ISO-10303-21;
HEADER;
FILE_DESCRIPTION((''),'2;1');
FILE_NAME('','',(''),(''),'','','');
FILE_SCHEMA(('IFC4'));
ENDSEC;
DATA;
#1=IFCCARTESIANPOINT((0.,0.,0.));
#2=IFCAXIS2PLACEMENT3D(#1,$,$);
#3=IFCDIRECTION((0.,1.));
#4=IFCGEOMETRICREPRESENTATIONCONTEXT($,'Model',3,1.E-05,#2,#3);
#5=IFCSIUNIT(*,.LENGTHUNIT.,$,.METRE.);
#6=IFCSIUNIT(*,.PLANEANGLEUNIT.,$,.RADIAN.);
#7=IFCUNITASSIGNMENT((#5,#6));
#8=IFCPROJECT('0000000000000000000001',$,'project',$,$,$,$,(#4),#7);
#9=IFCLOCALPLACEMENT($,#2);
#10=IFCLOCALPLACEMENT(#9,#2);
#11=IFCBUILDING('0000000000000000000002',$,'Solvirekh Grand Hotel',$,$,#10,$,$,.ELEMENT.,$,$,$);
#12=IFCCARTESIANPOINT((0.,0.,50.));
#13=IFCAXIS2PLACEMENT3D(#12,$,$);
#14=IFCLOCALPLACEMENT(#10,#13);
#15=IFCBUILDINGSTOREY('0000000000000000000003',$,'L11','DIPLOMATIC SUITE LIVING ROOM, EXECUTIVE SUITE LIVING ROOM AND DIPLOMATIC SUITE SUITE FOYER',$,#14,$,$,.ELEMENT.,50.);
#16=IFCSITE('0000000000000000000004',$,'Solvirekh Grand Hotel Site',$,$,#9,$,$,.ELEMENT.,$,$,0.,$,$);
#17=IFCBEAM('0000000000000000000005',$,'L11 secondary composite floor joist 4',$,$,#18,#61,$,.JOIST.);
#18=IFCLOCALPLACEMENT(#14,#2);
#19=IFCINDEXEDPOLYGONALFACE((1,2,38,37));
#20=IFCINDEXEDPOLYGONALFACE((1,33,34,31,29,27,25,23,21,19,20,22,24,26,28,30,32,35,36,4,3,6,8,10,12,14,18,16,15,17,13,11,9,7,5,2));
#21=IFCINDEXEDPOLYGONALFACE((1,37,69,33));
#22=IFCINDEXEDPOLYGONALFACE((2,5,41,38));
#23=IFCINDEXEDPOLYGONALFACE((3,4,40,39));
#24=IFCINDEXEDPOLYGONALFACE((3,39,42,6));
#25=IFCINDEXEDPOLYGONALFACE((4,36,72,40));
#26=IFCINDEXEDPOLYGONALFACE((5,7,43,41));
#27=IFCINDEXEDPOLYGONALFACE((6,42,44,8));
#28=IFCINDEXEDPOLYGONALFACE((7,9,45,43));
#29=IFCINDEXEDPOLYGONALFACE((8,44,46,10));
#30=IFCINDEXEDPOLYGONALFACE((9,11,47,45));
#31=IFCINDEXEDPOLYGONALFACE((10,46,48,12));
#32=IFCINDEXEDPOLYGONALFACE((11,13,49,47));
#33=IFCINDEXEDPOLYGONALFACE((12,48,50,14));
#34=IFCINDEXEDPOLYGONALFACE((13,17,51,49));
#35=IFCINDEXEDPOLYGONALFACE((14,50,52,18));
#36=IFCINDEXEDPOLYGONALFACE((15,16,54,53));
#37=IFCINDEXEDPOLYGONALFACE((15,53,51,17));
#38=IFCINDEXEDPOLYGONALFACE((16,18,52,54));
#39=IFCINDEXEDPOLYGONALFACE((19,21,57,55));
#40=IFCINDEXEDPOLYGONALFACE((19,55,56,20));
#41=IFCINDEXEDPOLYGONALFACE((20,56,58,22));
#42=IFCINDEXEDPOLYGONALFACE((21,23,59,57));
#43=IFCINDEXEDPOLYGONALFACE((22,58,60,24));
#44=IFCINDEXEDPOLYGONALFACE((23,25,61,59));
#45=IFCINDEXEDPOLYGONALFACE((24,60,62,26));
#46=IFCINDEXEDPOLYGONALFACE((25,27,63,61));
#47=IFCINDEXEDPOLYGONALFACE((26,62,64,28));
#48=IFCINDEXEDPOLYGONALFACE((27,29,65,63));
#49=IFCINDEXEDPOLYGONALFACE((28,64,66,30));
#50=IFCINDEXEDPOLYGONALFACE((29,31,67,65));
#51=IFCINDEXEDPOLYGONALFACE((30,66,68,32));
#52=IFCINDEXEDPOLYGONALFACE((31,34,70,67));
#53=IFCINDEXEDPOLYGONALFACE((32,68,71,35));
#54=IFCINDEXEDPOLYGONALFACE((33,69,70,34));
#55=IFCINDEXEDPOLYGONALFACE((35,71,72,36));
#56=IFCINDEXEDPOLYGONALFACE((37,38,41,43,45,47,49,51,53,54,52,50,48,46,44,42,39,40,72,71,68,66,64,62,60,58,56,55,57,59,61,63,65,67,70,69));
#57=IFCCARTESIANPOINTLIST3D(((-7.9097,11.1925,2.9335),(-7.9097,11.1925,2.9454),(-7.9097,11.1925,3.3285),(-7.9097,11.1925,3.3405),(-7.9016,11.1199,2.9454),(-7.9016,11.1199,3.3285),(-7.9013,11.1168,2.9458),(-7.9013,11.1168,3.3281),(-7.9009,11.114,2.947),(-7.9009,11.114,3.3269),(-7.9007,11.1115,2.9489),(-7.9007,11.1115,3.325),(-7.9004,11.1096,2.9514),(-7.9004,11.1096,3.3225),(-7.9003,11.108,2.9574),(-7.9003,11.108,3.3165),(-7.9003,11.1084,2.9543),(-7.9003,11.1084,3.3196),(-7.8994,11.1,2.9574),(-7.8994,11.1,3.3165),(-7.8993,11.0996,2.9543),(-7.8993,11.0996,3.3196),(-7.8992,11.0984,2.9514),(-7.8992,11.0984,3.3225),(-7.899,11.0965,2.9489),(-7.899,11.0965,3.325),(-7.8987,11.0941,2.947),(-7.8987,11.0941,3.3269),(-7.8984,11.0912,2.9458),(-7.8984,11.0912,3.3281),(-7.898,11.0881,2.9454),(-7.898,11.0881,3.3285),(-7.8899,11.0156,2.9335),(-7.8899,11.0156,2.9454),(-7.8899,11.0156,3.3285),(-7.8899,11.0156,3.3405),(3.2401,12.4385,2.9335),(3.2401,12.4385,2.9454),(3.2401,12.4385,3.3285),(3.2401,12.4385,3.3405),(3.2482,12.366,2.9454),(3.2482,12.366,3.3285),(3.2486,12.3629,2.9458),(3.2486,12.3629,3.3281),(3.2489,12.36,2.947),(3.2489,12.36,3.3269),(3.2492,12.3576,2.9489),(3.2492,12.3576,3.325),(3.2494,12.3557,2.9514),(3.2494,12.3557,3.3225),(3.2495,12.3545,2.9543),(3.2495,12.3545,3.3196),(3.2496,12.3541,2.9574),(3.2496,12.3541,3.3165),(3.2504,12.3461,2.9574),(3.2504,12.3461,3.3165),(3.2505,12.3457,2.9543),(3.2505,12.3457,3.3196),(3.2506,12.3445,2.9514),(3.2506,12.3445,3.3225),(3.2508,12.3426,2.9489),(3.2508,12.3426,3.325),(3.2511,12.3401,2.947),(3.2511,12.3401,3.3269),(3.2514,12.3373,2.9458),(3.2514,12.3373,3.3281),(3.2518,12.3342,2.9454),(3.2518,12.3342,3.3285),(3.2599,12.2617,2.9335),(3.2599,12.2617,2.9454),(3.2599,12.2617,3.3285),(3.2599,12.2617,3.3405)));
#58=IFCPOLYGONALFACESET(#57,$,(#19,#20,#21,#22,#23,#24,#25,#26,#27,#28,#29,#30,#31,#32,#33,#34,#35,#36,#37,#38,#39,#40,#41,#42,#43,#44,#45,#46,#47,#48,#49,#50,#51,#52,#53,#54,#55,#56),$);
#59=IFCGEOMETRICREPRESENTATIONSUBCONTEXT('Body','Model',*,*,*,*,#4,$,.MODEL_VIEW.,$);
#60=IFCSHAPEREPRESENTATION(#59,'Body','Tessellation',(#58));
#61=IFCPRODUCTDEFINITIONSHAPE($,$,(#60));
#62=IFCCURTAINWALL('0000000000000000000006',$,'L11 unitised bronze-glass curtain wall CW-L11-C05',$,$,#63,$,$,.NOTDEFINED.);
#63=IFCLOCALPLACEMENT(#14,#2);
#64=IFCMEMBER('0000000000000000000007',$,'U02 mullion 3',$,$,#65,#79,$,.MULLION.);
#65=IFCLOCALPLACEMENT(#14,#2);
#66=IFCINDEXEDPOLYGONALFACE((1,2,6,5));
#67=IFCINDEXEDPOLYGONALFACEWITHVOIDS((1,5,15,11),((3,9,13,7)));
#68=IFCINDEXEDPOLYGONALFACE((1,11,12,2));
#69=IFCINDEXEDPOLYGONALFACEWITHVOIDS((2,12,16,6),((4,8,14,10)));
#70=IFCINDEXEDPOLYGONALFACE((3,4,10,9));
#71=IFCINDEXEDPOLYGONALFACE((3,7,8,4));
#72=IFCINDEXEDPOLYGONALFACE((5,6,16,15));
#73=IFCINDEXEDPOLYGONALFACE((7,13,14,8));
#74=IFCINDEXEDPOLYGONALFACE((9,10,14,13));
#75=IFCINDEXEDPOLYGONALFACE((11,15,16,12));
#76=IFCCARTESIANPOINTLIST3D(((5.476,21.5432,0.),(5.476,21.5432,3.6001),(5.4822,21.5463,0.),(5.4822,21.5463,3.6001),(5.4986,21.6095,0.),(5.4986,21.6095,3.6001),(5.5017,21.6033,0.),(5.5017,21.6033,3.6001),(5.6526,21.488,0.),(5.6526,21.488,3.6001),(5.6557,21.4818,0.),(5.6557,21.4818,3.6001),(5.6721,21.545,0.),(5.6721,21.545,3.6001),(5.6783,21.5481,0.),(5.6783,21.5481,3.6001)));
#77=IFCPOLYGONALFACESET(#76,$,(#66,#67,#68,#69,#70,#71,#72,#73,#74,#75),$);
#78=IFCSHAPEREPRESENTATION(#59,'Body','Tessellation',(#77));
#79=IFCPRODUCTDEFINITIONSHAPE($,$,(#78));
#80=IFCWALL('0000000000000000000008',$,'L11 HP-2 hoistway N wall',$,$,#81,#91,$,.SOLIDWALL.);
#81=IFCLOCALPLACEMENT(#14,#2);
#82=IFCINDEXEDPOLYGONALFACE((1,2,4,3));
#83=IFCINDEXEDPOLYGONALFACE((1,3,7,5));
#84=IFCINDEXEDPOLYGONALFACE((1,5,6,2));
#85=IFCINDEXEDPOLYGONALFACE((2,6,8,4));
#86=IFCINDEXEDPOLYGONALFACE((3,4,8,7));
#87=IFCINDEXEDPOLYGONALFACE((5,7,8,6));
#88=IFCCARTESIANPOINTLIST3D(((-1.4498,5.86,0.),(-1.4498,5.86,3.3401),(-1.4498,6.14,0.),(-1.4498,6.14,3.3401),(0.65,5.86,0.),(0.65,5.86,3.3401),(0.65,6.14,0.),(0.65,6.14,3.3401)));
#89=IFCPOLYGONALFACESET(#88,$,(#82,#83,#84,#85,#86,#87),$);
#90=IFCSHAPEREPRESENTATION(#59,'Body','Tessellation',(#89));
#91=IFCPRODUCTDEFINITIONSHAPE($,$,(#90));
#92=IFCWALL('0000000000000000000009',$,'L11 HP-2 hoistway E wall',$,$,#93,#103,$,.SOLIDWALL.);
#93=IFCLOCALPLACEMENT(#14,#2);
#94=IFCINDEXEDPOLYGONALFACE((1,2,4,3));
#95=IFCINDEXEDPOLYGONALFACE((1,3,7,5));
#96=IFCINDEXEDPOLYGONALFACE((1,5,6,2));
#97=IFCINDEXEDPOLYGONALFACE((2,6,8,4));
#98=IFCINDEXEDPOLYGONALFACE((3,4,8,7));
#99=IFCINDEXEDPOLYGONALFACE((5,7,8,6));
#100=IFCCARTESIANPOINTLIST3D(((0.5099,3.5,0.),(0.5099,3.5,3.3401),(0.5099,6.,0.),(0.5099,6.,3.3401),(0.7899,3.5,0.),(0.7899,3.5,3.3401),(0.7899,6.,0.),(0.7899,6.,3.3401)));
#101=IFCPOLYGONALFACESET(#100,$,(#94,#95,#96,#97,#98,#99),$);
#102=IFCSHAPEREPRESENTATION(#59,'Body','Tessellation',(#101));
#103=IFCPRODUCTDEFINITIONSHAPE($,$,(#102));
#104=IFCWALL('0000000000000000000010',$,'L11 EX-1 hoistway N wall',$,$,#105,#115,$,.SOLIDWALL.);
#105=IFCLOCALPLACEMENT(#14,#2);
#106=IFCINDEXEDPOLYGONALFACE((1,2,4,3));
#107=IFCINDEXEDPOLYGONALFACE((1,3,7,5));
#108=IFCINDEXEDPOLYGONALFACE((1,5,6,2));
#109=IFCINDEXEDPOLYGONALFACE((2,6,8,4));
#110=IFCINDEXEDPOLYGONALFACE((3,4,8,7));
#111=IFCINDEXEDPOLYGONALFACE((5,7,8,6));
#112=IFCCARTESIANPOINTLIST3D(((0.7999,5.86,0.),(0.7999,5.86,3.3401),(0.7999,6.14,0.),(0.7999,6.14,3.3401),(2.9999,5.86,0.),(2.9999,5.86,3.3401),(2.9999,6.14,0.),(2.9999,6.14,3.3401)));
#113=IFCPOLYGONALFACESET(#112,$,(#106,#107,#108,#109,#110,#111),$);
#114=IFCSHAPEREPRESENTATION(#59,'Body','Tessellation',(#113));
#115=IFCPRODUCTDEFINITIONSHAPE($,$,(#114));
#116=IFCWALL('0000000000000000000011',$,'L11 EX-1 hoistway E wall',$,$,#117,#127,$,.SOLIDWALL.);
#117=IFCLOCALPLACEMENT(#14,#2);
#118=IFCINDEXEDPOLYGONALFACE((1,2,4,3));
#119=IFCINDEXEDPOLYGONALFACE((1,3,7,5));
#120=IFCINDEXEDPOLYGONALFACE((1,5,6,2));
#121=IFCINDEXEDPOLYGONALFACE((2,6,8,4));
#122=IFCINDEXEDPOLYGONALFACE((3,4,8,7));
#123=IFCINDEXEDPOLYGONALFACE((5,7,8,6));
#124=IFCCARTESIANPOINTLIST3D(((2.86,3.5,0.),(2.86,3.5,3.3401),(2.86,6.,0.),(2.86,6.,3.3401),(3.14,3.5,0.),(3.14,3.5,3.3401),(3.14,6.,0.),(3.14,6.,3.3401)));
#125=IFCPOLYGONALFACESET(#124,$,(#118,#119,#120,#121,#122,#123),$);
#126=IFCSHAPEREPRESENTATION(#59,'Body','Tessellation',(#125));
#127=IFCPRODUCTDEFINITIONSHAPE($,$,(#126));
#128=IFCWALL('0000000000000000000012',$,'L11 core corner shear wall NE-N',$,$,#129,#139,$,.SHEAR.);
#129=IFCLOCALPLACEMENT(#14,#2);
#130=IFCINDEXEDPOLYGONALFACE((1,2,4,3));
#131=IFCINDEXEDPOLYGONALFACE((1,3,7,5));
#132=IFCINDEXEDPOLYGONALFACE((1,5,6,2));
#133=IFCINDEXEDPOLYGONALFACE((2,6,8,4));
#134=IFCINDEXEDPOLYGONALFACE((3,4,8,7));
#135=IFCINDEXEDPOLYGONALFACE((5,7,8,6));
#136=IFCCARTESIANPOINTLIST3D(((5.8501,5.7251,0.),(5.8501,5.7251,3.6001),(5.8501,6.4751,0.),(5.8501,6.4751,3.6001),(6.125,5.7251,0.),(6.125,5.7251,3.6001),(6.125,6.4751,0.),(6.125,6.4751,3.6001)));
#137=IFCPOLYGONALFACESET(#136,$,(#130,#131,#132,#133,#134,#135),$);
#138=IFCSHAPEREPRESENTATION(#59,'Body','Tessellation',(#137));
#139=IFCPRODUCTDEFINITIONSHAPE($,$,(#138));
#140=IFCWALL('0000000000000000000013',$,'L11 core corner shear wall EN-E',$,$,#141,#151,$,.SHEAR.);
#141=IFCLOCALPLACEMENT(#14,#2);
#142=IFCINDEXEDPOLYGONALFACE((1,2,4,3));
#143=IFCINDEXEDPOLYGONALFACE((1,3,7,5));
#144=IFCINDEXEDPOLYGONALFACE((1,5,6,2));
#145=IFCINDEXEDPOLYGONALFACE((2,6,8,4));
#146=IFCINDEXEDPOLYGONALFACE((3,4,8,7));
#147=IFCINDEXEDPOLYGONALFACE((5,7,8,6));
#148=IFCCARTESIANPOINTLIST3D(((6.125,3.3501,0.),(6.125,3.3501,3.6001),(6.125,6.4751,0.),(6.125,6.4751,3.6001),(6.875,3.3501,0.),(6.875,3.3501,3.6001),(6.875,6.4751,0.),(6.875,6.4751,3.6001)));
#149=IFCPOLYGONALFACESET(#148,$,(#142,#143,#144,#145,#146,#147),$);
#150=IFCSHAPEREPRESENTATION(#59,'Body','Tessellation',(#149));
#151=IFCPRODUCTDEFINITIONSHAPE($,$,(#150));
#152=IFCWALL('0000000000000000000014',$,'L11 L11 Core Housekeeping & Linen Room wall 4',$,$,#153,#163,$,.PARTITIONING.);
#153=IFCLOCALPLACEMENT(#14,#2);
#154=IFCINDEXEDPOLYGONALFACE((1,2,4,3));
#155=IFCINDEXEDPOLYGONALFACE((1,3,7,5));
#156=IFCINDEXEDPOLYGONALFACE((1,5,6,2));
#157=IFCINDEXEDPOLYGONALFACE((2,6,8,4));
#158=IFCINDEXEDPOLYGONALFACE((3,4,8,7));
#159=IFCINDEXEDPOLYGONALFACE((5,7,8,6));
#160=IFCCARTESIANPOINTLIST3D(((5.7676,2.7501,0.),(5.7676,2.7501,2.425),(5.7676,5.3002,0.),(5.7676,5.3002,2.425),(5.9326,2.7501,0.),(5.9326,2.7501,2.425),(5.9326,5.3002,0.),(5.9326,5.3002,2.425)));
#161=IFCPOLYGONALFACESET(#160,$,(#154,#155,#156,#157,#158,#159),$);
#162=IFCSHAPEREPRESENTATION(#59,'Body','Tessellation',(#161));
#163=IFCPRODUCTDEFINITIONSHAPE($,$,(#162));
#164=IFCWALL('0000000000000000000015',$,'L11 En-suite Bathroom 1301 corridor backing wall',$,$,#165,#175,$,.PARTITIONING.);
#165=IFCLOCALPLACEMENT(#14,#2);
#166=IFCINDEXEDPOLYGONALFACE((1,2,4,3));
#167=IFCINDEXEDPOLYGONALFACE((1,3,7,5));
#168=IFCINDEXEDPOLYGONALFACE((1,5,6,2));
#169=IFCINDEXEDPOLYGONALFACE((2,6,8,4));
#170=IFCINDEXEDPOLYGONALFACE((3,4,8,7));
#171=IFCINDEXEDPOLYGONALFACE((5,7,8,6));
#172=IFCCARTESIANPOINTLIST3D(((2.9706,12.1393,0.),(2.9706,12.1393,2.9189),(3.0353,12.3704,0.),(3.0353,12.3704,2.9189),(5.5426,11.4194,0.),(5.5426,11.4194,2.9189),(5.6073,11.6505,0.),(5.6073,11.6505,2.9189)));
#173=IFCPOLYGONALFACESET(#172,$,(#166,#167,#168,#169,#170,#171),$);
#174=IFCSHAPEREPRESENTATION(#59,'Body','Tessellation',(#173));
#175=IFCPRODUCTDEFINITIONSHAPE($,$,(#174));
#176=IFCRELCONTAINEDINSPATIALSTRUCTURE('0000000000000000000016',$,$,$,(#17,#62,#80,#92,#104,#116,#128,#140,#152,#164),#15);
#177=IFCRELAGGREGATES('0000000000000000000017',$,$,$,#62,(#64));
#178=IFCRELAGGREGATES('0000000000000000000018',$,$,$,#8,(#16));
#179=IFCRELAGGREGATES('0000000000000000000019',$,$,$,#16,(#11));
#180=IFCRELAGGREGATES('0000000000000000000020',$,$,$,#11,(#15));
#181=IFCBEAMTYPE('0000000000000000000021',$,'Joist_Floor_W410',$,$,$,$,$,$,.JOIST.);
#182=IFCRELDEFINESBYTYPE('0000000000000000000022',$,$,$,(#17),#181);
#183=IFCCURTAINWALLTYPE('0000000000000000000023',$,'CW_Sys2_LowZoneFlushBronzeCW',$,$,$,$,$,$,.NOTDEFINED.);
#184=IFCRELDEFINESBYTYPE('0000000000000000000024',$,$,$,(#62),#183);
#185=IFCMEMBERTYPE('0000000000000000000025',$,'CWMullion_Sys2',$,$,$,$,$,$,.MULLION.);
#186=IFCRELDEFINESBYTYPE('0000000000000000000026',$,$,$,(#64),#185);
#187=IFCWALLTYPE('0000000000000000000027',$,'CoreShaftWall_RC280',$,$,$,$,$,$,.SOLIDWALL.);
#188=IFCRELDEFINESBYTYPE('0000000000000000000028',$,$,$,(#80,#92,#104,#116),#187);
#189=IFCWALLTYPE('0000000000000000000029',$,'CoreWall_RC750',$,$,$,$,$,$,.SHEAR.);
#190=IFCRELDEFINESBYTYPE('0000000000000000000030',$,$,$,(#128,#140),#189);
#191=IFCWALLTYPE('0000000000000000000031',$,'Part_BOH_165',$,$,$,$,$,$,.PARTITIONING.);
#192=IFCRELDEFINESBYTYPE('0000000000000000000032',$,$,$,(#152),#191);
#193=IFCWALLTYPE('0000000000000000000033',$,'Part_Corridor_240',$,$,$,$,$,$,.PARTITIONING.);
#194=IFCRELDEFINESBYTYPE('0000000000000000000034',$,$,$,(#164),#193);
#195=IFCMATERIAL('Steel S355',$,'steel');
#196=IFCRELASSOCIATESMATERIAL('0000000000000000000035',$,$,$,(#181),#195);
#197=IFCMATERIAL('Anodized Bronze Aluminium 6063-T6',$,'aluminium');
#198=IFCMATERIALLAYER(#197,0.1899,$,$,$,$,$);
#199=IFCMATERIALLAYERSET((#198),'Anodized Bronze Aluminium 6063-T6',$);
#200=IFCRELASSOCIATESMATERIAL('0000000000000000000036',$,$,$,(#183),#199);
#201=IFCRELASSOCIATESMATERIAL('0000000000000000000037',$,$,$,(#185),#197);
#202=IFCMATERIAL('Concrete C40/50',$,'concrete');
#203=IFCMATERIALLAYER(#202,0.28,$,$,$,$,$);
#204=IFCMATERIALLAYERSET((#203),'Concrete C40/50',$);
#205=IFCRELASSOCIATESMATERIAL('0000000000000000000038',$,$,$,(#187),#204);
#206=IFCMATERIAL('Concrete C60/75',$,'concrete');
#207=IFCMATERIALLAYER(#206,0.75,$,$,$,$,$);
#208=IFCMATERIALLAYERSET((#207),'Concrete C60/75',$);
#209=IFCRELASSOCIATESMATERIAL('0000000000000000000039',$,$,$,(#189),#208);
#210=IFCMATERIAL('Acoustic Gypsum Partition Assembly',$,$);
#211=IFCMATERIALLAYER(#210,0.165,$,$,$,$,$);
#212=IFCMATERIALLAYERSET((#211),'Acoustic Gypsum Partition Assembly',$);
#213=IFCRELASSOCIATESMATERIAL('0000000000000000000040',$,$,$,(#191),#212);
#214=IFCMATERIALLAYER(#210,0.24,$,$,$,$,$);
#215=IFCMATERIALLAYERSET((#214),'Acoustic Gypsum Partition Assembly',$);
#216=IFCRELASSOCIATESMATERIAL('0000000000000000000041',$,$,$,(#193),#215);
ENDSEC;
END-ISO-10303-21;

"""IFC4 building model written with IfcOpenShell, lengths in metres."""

from ifc_helpers import new_model, si_unit, direction, frame, frame_2d, origin, origin_2d, place, context, subcontext, project, spatial, rectangle, hollow_rectangle, i_section, extrude, source, transform, mapped, material, layer, layer_set, material_profile, profile_set, type_object, element, aggregate, save


model = new_model("IFC4")

# Units and contexts
model_context = context("Model", 3, precision=1e-05, world=origin(), true_north=direction((0.0, 1.0)))
body_context = subcontext(model_context, "Body", "Model", "MODEL_VIEW")
ifc_project = project(units=[si_unit("LENGTHUNIT", "METRE"), si_unit("PLANEANGLEUNIT", "RADIAN")], contexts=[model_context])

# Site, building, storey
site_placement = place(None, origin())
site = spatial("IfcSite", under=ifc_project, at=site_placement, Name="Solvirekh Grand Hotel Site", CompositionType="ELEMENT", RefElevation=0.0)
building_placement = place(site_placement, origin())
building = spatial("IfcBuilding", under=site, at=building_placement, Name="Solvirekh Grand Hotel", CompositionType="ELEMENT")
storey_placement = place(building_placement, frame((0.0, 0.0, 50.0)))
storey = spatial("IfcBuildingStorey", under=building, at=storey_placement, Name="L11", Description="DIPLOMATIC SUITE LIVING ROOM, EXECUTIVE SUITE LIVING ROOM AND DIPLOMATIC SUITE SUITE FOYER", CompositionType="ELEMENT", Elevation=50.0)

# Shared definitions
ifc_material_1 = material(Name="Concrete C60/75", Category="concrete")

# Beam
ifc_material_2 = material(Name="Steel S355", Category="steel")
ifc_material_profile_1 = material_profile(ifc_material_2, i_section(OverallWidth=0.178, OverallDepth=0.407, WebThickness=0.0081, FlangeThickness=0.012, FilletRadius=0.012, at=origin_2d()), Name="W410X60")
ifc_profile_set_1 = profile_set([ifc_material_profile_1], Name="Steel S355")
beam_type_1 = type_object("IfcBeamType", Name="Joist_Floor_W410", PredefinedType="JOIST", material=ifc_profile_set_1)
beam_1_placement = place(storey_placement, frame((3.25, 12.3501, 3.137), z_axis=(-0.993813, -0.111067, 0.0), x_axis=(0.111067, -0.993813, 0.0)))
element("IfcBeam", 1, at=beam_1_placement, inside=storey, type_object=beam_type_1, Name="L11 secondary composite floor joist 4", PredefinedType="JOIST", context=body_context, shape_type="SweptSolid", body=[
    extrude(i_section(OverallWidth=0.178, OverallDepth=0.407, WebThickness=0.0081, FlangeThickness=0.012, FilletRadius=0.012, at=origin_2d()), origin(), (0.0, 0.0, 1.0), 11.2192),
])

# Curtain wall, member
ifc_material_3 = material(Name="Anodized Bronze Aluminium 6063-T6", Category="aluminium")
ifc_layer_1 = layer(ifc_material_3, 0.1899)
ifc_layer_set_1 = layer_set([ifc_layer_1], Name="Anodized Bronze Aluminium 6063-T6")
curtain_wall_type = type_object("IfcCurtainWallType", Name="CW_Sys2_LowZoneFlushBronzeCW", PredefinedType="NOTDEFINED", material=ifc_layer_set_1)
curtain_wall_placement = place(storey_placement, origin())
curtain_wall = element("IfcCurtainWall", 2, at=curtain_wall_placement, inside=storey, type_object=curtain_wall_type, Name="L11 unitised bronze-glass curtain wall CW-L11-C05", PredefinedType="NOTDEFINED")
ifc_material_profile_2 = material_profile(ifc_material_3, hollow_rectangle(XDim=0.0701, YDim=0.1899, WallThickness=0.0049, at=origin_2d()), Name="ALU RHS 190X70X5")
ifc_profile_set_2 = profile_set([ifc_material_profile_2], Name="Anodized Bronze Aluminium 6063-T6")
member_type = type_object("IfcMemberType", Name="CWMullion_Sys2", PredefinedType="MULLION", material=ifc_profile_set_2)
shared_shape = source(origin(), body_context, "Body", "SweptSolid", [
    extrude(hollow_rectangle(XDim=0.0701, YDim=0.1899, WallThickness=0.0049, at=origin_2d()), origin(), (0.0, 0.0, 1.0), 3.6001),
])
member_placement = place(storey_placement, frame((5.5771, 21.5457, 0.0), z_axis=(0.0, 0.0, 1.0), x_axis=(-0.323564, -0.946206, 0.0)))
member = element("IfcMember", 3, at=member_placement, type_object=member_type, Name="U02 mullion 3", PredefinedType="MULLION", context=body_context, shape_type="MappedRepresentation", body=[
    mapped(shared_shape, transform((0.0, 0.0, 0.0), x_axis=(1.0, 0.0, 0.0), y_axis=(0.0, 1.0, 0.0), z_axis=(0.0, 0.0, 1.0), scale=1.0)),
])
aggregate(curtain_wall, [member])

# Walls
ifc_material_4 = material(Name="Concrete C40/50", Category="concrete")
ifc_layer_2 = layer(ifc_material_4, 0.28)
ifc_layer_set_2 = layer_set([ifc_layer_2], Name="Concrete C40/50")
wall_type_1 = type_object("IfcWallType", Name="CoreShaftWall_RC280", PredefinedType="SOLIDWALL", material=ifc_layer_set_2)
wall_1_placement = place(storey_placement, frame((0.6499, 6.0, 0.0), z_axis=(0.0, 0.0, 1.0), x_axis=(-1.0, 0.0, 0.0)))
element("IfcWall", 4, at=wall_1_placement, inside=storey, type_object=wall_type_1, Name="L11 HP-2 hoistway N wall", PredefinedType="SOLIDWALL", context=body_context, shape_type="SweptSolid", body=[
    extrude(rectangle(XDim=2.0999, YDim=0.28, at=frame_2d((1.0498, 0.0))), origin(), (0.0, 0.0, 1.0), 3.3401),
])
wall_2_placement = place(storey_placement, frame((0.6499, 3.5, 0.0), z_axis=(0.0, 0.0, 1.0), x_axis=(0.0, 1.0, 0.0)))
element("IfcWall", 5, at=wall_2_placement, inside=storey, type_object=wall_type_1, Name="L11 HP-2 hoistway E wall", PredefinedType="SOLIDWALL", context=body_context, shape_type="SweptSolid", body=[
    extrude(rectangle(XDim=2.5, YDim=0.28, at=frame_2d((1.25, 0.0))), origin(), (0.0, 0.0, 1.0), 3.3401),
])
wall_3_placement = place(storey_placement, frame((3.0, 6.0, 0.0), z_axis=(0.0, 0.0, 1.0), x_axis=(-1.0, 0.0, 0.0)))
element("IfcWall", 6, at=wall_3_placement, inside=storey, type_object=wall_type_1, Name="L11 EX-1 hoistway N wall", PredefinedType="SOLIDWALL", context=body_context, shape_type="SweptSolid", body=[
    extrude(rectangle(XDim=2.2, YDim=0.28, at=frame_2d((1.1001, 0.0))), origin(), (0.0, 0.0, 1.0), 3.3401),
])
wall_4_placement = place(storey_placement, frame((3.0, 3.5, 0.0), z_axis=(0.0, 0.0, 1.0), x_axis=(0.0, 1.0, 0.0)))
element("IfcWall", 7, at=wall_4_placement, inside=storey, type_object=wall_type_1, Name="L11 EX-1 hoistway E wall", PredefinedType="SOLIDWALL", context=body_context, shape_type="SweptSolid", body=[
    extrude(rectangle(XDim=2.5, YDim=0.28, at=frame_2d((1.25, 0.0))), origin(), (0.0, 0.0, 1.0), 3.3401),
])
ifc_layer_3 = layer(ifc_material_1, 0.75)
ifc_layer_set_3 = layer_set([ifc_layer_3], Name="Concrete C60/75")
wall_type_2 = type_object("IfcWallType", Name="CoreWall_RC750", PredefinedType="SHEAR", material=ifc_layer_set_3)
wall_5_placement = place(storey_placement, frame((5.8501, 6.1001, 0.0), z_axis=(0.0, 0.0, 1.0), x_axis=(1.0, 0.0, 0.0)))
element("IfcWall", 8, at=wall_5_placement, inside=storey, type_object=wall_type_2, Name="L11 core corner shear wall NE-N", PredefinedType="SHEAR", context=body_context, shape_type="SweptSolid", body=[
    extrude(rectangle(XDim=0.2749, YDim=0.75, at=frame_2d((0.1375, 0.0))), origin(), (0.0, 0.0, 1.0), 3.6001),
])
wall_6_placement = place(storey_placement, frame((6.5, 3.3501, 0.0), z_axis=(0.0, 0.0, 1.0), x_axis=(0.0, 1.0, 0.0)))
element("IfcWall", 9, at=wall_6_placement, inside=storey, type_object=wall_type_2, Name="L11 core corner shear wall EN-E", PredefinedType="SHEAR", context=body_context, shape_type="SweptSolid", body=[
    extrude(rectangle(XDim=3.125, YDim=0.75, at=frame_2d((1.5625, 0.0))), origin(), (0.0, 0.0, 1.0), 3.6001),
])
ifc_material_5 = material(Name="Acoustic Gypsum Partition Assembly")
ifc_layer_4 = layer(ifc_material_5, 0.165)
ifc_layer_set_4 = layer_set([ifc_layer_4], Name="Acoustic Gypsum Partition Assembly")
wall_type_3 = type_object("IfcWallType", Name="Part_BOH_165", PredefinedType="PARTITIONING", material=ifc_layer_set_4)
wall_7_placement = place(storey_placement, frame((5.8501, 5.3, 0.0), z_axis=(0.0, 0.0, 1.0), x_axis=(0.0, -1.0, 0.0)))
element("IfcWall", 10, at=wall_7_placement, inside=storey, type_object=wall_type_3, Name="L11 L11 Core Housekeeping & Linen Room wall 4", PredefinedType="PARTITIONING", context=body_context, shape_type="SweptSolid", body=[
    extrude(rectangle(XDim=2.55, YDim=0.165, at=frame_2d((1.2749, 0.0))), origin(), (0.0, 0.0, 1.0), 2.425),
])
ifc_layer_5 = layer(ifc_material_5, 0.24)
ifc_layer_set_5 = layer_set([ifc_layer_5], Name="Acoustic Gypsum Partition Assembly")
wall_type_4 = type_object("IfcWallType", Name="Part_Corridor_240", PredefinedType="PARTITIONING", material=ifc_layer_set_5)
wall_8_placement = place(storey_placement, frame((5.575, 11.5349, 0.0), z_axis=(0.0, 0.0, 1.0), x_axis=(-0.962983, 0.269562, 0.0)))
element("IfcWall", 11, at=wall_8_placement, inside=storey, type_object=wall_type_4, Name="L11 En-suite Bathroom 1301 corridor backing wall", PredefinedType="PARTITIONING", context=body_context, shape_type="SweptSolid", body=[
    extrude(rectangle(XDim=2.6709, YDim=0.24, at=frame_2d((1.3354, 0.0))), origin(), (0.0, 0.0, 1.0), 2.9189),
])

save(model, "model.ifc")
